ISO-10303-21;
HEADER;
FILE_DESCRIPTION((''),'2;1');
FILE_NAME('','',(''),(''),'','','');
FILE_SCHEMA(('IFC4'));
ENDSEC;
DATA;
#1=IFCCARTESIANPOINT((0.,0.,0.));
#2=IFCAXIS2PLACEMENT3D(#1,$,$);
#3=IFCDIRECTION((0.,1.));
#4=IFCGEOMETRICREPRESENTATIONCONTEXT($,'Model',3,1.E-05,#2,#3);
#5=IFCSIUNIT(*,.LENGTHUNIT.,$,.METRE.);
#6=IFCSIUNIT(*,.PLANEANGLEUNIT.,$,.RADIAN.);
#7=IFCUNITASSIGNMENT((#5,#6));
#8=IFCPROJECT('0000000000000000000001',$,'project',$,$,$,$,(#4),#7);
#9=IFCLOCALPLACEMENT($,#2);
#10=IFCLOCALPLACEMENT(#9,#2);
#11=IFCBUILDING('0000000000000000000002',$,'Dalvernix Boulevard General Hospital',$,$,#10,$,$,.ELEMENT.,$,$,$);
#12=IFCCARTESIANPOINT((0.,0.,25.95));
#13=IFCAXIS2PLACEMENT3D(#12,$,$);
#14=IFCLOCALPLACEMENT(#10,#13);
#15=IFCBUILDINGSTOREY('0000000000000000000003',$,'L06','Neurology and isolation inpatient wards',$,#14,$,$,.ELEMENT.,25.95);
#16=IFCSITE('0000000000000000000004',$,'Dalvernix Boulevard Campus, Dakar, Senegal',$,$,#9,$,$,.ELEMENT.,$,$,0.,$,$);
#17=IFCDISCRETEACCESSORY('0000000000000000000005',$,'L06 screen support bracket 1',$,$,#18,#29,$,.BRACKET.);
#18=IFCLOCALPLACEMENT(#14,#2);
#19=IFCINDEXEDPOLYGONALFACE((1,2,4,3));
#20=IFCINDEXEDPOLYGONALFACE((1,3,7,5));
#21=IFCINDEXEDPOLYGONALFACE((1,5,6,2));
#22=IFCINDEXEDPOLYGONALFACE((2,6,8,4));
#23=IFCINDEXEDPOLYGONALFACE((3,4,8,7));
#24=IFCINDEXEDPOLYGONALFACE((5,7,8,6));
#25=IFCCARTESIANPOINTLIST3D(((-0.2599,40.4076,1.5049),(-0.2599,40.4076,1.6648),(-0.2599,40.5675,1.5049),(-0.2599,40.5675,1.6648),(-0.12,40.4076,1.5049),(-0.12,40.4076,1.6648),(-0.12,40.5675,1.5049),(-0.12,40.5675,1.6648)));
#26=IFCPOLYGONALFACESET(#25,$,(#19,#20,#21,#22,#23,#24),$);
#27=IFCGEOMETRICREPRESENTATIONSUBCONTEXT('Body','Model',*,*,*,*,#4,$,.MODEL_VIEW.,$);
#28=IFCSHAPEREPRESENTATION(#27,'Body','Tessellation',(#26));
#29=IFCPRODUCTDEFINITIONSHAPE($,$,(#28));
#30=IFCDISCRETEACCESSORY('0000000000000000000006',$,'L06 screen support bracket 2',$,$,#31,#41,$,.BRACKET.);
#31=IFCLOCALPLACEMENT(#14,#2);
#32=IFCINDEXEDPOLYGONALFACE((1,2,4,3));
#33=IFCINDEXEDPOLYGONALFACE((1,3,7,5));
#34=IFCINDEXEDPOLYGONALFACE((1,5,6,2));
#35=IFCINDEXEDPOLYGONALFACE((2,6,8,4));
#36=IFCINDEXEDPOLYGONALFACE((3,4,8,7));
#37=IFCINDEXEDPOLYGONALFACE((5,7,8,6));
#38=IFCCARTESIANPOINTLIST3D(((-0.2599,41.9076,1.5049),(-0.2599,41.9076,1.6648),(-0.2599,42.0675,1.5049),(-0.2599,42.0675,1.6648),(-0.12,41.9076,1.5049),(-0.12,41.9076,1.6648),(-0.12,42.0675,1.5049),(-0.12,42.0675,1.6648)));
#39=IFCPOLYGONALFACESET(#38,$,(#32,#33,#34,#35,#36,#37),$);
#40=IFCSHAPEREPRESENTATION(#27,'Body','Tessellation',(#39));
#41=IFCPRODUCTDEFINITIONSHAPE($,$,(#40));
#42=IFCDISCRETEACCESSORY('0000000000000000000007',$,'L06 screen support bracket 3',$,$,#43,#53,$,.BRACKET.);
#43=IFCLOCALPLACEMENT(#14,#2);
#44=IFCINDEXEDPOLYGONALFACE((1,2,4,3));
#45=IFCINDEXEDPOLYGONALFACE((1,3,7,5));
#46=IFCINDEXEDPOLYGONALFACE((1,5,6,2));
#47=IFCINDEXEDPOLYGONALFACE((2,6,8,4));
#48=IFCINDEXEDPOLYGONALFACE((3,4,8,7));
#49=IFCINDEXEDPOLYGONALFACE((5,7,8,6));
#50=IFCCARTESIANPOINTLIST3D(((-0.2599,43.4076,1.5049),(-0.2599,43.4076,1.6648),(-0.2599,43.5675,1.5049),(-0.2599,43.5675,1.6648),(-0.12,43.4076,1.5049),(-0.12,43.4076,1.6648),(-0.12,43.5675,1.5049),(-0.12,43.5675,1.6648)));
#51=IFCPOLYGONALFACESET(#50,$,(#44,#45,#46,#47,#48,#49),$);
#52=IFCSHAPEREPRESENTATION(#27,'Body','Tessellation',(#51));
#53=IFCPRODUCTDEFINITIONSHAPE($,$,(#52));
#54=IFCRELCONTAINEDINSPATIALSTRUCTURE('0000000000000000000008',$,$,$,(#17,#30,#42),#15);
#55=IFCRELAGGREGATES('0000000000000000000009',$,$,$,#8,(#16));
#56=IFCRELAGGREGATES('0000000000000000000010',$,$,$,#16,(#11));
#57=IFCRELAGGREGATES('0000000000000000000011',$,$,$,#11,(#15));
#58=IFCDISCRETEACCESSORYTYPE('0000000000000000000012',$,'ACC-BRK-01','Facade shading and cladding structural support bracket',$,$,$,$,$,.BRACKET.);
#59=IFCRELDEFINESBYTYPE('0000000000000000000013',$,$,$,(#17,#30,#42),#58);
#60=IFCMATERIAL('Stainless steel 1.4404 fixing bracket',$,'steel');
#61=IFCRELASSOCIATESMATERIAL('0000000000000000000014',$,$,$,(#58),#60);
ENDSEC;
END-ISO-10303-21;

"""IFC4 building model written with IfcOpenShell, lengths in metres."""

from ifc_helpers import new_model, si_unit, direction, frame, origin, origin_2d, place, context, subcontext, project, spatial, rectangle, extrude, material, type_object, element, save


model = new_model("IFC4")

# Units and contexts
model_context = context("Model", 3, precision=1e-05, world=origin(), true_north=direction((0.0, 1.0)))
body_context = subcontext(model_context, "Body", "Model", "MODEL_VIEW")
ifc_project = project(units=[si_unit("LENGTHUNIT", "METRE"), si_unit("PLANEANGLEUNIT", "RADIAN")], contexts=[model_context])

# Site, building, storey
site_placement = place(None, origin())
site = spatial("IfcSite", under=ifc_project, at=site_placement, Name="Dalvernix Boulevard Campus, Dakar, Senegal", CompositionType="ELEMENT", RefElevation=0.0)
building_placement = place(site_placement, origin())
building = spatial("IfcBuilding", under=site, at=building_placement, Name="Dalvernix Boulevard General Hospital", CompositionType="ELEMENT")
storey_placement = place(building_placement, frame((0.0, 0.0, 25.95)))
storey = spatial("IfcBuildingStorey", under=building, at=storey_placement, Name="L06", Description="Neurology and isolation inpatient wards", CompositionType="ELEMENT", Elevation=25.95)

# Discrete accessories
ifc_material_1 = material(Name="Stainless steel 1.4404 fixing bracket", Category="steel")
discrete_accessory_type = type_object("IfcDiscreteAccessoryType", Name="ACC-BRK-01", Description="Facade shading and cladding structural support bracket", PredefinedType="BRACKET", material=ifc_material_1)
for number, where, z_axis, x_axis, name in (
    (1, (-0.1899, 40.4875, 1.5049), (0.0, 0.0, 1.0), (0.0, 1.0, 0.0), "L06 screen support bracket 1"),
    (2, (-0.1899, 41.9875, 1.5049), (0.0, 0.0, 1.0), (0.0, 1.0, 0.0), "L06 screen support bracket 2"),
    (3, (-0.1899, 43.4875, 1.5049), (0.0, 0.0, 1.0), (0.0, 1.0, 0.0), "L06 screen support bracket 3"),
):
    element("IfcDiscreteAccessory", number, at=place(storey_placement, frame(where, z_axis=z_axis, x_axis=x_axis)), inside=storey, type_object=discrete_accessory_type, Name=name, PredefinedType="BRACKET", context=body_context, shape_type="SweptSolid", body=[
        extrude(rectangle(XDim=0.1599, YDim=0.1399, at=origin_2d()), origin(), (0.0, 0.0, 1.0), 0.1599),
    ])

save(model, "model.ifc")
